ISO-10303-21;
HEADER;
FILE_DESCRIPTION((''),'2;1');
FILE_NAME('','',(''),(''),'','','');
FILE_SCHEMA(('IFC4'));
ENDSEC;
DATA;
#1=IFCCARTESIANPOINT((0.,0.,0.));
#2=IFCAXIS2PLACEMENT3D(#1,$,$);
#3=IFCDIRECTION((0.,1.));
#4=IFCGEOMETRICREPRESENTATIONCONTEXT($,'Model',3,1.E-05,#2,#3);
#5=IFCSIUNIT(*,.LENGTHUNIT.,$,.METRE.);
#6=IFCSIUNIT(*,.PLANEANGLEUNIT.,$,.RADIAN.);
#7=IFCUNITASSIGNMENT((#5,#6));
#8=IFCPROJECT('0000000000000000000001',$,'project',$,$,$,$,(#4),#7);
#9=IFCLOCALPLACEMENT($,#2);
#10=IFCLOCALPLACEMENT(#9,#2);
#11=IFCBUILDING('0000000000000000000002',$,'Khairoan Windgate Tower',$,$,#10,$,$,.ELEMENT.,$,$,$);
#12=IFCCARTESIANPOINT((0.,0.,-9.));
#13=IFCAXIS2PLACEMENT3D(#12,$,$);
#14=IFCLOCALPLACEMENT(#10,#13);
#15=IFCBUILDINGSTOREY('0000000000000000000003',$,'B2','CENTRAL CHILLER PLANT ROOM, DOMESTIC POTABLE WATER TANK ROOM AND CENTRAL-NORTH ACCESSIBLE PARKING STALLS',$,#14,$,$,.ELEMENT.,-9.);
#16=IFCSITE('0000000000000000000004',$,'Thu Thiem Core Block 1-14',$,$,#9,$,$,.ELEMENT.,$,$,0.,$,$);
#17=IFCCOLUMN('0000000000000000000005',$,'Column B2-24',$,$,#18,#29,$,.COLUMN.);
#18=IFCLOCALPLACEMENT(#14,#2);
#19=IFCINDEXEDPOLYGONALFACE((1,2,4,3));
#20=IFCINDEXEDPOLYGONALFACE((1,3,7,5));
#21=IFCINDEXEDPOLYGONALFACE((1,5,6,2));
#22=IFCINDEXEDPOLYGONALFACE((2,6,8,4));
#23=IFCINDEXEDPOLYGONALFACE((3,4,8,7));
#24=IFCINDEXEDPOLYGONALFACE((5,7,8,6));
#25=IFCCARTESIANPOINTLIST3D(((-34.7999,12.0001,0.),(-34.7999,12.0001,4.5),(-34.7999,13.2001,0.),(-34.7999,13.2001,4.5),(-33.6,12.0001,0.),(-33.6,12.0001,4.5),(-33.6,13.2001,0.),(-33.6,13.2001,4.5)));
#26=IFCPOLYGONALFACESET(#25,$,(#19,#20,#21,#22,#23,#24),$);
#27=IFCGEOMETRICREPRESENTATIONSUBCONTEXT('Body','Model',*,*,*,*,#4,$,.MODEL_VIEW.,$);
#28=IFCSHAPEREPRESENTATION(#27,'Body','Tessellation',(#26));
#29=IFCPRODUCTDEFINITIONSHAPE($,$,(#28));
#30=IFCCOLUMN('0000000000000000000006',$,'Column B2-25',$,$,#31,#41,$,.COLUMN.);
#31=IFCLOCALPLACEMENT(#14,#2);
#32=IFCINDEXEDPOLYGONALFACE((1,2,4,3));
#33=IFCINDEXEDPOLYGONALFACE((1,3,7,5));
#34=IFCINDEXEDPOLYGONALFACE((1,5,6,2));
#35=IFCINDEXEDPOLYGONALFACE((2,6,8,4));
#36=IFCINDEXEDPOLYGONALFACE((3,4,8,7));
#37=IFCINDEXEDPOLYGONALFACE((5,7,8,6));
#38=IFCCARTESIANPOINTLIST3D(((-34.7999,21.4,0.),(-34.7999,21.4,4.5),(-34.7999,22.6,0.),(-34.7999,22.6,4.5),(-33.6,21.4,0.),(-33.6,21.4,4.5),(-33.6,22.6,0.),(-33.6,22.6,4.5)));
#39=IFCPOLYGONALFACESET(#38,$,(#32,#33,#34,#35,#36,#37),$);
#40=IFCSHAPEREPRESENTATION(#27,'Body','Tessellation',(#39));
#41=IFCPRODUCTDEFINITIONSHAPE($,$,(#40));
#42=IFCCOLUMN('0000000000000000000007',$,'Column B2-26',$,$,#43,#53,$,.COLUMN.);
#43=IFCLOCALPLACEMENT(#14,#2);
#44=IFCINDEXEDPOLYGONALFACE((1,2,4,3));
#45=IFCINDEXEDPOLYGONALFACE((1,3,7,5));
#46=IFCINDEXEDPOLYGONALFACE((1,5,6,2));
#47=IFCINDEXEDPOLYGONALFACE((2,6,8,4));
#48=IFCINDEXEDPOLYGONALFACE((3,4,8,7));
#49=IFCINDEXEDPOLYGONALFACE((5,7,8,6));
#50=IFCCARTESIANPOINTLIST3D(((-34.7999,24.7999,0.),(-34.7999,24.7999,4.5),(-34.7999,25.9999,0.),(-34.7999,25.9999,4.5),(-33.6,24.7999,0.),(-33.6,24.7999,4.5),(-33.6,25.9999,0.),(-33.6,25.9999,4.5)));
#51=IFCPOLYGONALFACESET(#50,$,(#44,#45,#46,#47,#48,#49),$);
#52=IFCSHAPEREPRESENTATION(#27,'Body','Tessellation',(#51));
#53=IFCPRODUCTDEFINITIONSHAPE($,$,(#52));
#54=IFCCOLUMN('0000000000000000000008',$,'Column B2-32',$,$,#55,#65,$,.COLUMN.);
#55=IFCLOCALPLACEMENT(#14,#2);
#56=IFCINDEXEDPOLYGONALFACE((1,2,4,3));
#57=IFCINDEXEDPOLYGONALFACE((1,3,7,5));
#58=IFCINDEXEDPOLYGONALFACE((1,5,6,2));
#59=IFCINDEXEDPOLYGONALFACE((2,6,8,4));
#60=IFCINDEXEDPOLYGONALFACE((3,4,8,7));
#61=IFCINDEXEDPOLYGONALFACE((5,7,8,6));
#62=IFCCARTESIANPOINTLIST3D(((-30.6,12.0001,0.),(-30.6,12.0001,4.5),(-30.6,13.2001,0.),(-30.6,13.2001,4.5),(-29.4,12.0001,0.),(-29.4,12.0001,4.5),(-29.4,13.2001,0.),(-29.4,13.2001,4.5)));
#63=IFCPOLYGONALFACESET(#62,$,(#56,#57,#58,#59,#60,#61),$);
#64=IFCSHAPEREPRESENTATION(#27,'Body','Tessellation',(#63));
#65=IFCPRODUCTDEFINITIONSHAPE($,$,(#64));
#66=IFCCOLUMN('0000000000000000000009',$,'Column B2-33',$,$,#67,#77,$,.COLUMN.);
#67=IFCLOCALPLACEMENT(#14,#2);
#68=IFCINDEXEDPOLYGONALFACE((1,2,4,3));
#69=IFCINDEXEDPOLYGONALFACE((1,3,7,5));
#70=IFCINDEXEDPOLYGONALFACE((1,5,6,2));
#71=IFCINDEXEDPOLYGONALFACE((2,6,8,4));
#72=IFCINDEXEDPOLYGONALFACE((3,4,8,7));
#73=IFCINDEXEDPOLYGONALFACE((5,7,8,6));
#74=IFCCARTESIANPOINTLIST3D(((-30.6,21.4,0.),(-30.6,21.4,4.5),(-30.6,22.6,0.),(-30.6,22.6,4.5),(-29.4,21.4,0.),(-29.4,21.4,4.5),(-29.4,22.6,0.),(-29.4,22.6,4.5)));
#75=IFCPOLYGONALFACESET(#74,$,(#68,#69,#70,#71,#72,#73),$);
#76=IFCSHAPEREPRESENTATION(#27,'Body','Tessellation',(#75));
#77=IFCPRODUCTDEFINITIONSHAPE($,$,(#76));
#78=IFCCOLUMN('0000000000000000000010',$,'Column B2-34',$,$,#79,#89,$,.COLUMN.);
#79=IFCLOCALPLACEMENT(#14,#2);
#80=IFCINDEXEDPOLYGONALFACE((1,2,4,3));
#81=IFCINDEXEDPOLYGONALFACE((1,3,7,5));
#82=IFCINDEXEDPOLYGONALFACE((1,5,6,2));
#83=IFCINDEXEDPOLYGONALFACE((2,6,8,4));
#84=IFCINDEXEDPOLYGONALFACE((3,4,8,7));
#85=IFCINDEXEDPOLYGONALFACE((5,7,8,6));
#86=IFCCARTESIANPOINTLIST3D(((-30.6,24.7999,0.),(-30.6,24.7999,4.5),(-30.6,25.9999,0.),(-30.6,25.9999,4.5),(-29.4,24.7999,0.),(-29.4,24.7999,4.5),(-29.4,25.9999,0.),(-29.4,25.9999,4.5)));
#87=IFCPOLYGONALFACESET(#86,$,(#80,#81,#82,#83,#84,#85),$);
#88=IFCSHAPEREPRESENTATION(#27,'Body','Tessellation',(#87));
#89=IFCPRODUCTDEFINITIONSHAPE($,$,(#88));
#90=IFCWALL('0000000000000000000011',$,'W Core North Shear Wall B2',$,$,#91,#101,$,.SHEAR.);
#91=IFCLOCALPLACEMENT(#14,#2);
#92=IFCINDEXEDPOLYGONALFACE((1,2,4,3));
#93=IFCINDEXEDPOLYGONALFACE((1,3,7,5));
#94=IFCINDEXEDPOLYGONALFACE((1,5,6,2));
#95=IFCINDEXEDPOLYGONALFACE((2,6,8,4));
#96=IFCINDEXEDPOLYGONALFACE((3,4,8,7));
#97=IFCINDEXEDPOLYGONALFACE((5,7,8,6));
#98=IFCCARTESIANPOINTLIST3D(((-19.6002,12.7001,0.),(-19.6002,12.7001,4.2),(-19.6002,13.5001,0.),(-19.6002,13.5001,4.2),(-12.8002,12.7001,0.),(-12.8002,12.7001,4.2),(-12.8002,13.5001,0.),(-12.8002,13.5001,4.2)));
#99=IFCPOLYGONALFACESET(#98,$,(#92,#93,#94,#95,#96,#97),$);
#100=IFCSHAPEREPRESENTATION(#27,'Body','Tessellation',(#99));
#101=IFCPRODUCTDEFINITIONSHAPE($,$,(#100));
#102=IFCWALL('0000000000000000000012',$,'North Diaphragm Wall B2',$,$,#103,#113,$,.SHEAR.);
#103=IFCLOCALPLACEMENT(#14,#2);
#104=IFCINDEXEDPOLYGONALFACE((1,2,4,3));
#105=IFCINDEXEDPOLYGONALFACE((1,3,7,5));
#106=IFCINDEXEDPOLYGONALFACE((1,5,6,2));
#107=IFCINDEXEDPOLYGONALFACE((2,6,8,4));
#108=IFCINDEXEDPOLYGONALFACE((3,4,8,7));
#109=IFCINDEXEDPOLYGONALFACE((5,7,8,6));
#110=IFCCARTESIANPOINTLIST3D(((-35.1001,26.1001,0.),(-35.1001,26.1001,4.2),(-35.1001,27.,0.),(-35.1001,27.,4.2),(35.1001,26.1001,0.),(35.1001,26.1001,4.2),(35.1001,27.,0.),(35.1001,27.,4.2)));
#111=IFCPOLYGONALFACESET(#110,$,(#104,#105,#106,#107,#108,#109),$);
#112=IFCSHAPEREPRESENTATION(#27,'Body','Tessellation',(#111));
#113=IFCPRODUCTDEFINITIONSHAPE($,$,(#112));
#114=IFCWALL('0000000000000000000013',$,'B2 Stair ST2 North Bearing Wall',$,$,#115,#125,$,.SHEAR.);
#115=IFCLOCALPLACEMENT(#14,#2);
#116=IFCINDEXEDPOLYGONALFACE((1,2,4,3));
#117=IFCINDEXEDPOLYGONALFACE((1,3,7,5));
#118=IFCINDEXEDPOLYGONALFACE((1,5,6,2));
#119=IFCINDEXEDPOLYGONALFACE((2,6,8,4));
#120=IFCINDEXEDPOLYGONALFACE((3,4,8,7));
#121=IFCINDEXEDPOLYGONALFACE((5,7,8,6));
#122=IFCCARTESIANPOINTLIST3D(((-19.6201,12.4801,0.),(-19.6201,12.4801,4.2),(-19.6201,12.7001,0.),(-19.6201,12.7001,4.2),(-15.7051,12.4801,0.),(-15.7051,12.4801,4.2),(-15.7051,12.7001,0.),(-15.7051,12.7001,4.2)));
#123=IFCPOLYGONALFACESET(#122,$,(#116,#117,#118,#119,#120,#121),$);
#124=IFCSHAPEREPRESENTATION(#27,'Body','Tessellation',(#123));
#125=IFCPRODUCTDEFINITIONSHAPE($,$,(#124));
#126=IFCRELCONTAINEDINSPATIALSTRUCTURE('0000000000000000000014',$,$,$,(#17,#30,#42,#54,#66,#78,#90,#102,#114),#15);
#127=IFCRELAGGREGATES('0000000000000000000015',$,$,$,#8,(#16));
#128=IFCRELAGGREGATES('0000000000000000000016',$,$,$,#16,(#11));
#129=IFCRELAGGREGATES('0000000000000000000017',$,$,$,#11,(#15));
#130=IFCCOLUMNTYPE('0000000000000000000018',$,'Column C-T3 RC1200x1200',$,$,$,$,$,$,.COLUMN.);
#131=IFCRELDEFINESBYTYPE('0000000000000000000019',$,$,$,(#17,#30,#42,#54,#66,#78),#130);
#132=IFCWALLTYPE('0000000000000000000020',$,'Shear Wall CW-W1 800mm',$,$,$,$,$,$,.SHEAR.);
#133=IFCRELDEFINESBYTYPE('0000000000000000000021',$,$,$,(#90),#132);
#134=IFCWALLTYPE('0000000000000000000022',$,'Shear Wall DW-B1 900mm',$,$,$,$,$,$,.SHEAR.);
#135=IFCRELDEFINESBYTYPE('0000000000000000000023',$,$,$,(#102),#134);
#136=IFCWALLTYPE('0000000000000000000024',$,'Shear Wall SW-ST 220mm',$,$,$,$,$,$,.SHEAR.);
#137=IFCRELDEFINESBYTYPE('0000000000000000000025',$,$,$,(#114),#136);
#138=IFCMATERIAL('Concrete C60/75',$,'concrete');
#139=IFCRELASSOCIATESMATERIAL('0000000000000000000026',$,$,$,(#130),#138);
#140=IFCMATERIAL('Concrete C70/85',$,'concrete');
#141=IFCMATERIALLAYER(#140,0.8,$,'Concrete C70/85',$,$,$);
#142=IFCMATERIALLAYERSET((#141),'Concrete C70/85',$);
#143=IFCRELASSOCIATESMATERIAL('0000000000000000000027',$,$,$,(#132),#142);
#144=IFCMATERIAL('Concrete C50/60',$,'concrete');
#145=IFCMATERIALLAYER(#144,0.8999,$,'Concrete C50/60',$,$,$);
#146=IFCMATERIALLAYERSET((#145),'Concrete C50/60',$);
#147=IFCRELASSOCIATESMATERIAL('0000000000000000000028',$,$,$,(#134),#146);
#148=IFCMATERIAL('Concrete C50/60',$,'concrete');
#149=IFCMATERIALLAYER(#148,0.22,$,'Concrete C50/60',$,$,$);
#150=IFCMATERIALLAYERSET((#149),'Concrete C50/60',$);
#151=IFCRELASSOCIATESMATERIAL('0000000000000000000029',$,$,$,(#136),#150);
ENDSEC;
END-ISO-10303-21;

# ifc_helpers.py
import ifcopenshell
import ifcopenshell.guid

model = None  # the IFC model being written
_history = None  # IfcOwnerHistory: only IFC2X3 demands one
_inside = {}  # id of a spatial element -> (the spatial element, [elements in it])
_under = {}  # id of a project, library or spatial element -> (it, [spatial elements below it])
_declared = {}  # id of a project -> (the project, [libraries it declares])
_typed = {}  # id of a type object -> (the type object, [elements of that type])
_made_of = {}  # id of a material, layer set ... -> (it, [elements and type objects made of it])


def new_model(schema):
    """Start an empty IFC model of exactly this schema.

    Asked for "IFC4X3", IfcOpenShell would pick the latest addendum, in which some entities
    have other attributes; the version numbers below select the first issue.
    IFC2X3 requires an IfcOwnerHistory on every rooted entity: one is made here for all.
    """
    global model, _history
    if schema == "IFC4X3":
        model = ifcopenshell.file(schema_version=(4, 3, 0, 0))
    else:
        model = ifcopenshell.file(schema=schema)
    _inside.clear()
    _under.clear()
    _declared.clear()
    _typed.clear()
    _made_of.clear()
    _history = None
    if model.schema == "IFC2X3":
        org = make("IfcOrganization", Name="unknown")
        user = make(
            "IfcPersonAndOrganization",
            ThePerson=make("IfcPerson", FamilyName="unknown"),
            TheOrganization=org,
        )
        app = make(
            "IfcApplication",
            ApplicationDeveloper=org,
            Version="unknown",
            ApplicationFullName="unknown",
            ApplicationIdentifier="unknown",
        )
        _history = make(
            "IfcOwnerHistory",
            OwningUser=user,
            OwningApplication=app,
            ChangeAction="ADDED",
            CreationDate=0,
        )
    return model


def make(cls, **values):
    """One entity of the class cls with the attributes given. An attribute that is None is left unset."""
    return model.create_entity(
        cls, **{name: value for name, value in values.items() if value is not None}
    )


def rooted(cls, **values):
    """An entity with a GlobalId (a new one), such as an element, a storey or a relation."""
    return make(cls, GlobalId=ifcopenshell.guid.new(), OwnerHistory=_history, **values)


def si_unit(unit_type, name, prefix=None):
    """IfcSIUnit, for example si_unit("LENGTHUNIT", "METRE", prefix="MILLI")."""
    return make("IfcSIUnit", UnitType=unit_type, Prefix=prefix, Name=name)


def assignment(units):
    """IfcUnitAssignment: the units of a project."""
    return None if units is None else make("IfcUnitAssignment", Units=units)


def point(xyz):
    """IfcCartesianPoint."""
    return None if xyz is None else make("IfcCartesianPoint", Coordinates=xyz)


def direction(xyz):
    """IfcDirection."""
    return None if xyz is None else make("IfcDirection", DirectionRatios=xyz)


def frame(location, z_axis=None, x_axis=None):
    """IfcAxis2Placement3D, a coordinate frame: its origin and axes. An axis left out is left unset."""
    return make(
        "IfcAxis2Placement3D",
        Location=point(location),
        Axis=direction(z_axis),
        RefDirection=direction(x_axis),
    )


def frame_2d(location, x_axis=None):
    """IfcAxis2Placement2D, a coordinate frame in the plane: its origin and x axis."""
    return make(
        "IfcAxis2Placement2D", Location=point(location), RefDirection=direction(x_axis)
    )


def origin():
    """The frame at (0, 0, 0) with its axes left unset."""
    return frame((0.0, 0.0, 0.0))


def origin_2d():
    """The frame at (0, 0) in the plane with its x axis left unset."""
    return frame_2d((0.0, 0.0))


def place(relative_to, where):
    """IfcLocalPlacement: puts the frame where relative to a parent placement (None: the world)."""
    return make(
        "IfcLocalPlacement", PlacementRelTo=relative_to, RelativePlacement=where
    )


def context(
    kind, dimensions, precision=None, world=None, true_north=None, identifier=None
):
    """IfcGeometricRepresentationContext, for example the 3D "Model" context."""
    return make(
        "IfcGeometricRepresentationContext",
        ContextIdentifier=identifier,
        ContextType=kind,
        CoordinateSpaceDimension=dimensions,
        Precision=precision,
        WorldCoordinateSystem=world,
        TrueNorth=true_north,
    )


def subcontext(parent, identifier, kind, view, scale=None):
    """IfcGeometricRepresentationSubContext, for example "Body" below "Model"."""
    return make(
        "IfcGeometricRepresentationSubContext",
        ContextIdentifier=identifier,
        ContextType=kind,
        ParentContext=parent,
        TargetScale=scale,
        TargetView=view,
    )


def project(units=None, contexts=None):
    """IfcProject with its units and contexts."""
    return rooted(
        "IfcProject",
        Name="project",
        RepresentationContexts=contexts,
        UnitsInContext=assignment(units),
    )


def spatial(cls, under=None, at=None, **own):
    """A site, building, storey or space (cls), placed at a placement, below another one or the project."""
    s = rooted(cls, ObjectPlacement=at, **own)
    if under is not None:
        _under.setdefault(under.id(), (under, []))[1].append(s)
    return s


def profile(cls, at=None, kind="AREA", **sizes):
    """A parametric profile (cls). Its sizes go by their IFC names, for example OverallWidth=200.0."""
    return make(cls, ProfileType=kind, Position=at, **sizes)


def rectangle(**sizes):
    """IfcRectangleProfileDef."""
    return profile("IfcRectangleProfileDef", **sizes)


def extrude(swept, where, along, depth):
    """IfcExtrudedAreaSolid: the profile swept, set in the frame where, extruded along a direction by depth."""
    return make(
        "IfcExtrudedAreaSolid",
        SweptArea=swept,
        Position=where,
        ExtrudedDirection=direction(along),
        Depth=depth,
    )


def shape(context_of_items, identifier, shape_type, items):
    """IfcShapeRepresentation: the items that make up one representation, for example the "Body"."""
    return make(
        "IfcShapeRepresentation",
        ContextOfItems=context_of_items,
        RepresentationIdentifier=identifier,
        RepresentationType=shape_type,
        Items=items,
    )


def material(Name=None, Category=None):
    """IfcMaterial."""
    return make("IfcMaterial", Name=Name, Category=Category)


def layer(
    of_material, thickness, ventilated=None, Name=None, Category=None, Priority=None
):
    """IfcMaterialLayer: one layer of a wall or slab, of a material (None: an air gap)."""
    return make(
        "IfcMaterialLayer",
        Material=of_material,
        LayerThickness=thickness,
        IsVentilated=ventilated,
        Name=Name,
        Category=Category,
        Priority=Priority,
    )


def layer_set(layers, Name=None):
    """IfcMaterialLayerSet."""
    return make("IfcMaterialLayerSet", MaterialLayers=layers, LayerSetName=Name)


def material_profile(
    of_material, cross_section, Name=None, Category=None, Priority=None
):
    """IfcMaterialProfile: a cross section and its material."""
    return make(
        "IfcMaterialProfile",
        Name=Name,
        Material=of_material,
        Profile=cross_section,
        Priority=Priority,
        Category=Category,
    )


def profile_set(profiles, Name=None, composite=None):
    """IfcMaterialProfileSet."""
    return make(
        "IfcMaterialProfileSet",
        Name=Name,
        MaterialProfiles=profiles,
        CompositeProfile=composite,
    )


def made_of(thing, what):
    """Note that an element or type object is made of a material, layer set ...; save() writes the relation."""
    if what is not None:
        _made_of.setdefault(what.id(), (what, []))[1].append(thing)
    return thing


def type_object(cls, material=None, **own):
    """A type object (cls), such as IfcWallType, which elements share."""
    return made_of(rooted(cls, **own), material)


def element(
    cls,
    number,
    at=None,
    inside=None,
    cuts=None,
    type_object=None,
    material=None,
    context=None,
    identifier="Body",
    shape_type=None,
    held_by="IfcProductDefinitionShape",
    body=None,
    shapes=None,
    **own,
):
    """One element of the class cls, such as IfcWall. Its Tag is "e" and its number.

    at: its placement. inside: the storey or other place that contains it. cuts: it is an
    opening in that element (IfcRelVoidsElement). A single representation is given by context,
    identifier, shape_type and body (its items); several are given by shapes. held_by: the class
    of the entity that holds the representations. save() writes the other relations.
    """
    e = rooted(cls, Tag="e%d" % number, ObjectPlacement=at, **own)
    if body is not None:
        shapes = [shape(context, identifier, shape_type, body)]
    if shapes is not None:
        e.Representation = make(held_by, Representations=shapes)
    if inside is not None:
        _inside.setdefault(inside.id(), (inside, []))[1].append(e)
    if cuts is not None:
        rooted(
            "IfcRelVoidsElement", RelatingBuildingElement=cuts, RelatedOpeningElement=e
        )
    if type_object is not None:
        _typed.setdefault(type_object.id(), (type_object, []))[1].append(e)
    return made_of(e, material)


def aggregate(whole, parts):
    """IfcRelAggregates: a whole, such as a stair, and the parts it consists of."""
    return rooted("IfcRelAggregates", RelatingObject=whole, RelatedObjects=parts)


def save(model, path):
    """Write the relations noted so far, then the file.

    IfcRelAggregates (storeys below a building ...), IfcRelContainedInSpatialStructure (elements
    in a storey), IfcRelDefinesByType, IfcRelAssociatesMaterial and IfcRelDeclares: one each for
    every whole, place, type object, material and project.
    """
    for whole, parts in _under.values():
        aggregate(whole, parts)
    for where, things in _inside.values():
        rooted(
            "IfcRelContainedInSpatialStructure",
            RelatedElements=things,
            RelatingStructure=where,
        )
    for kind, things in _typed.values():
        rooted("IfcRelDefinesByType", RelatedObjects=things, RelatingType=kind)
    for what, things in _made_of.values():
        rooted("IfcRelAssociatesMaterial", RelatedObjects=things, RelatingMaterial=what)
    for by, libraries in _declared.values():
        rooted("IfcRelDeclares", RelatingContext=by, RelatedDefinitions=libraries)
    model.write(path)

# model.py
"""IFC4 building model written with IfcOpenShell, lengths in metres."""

from ifc_helpers import new_model, si_unit, direction, frame, frame_2d, origin, origin_2d, place, context, subcontext, project, spatial, rectangle, extrude, material, layer, layer_set, material_profile, profile_set, type_object, element, save


model = new_model("IFC4")

# Units and contexts
model_context = context("Model", 3, precision=1e-05, world=origin(), true_north=direction((0.0, 1.0)))
body_context = subcontext(model_context, "Body", "Model", "MODEL_VIEW")
ifc_project = project(units=[si_unit("LENGTHUNIT", "METRE"), si_unit("PLANEANGLEUNIT", "RADIAN")], contexts=[model_context])

# Site, building, storey
site_placement = place(None, origin())
site = spatial("IfcSite", under=ifc_project, at=site_placement, Name="Thu Thiem Core Block 1-14", CompositionType="ELEMENT", RefElevation=0.0)
building_placement = place(site_placement, origin())
building = spatial("IfcBuilding", under=site, at=building_placement, Name="Khairoan Windgate Tower", CompositionType="ELEMENT")
storey_placement = place(building_placement, frame((0.0, 0.0, -9.0)))
storey = spatial("IfcBuildingStorey", under=building, at=storey_placement, Name="B2", Description="CENTRAL CHILLER PLANT ROOM, DOMESTIC POTABLE WATER TANK ROOM AND CENTRAL-NORTH ACCESSIBLE PARKING STALLS", CompositionType="ELEMENT", Elevation=-9.0)

# Columns
ifc_material_1 = material(Name="Concrete C60/75", Category="concrete")
ifc_material_profile_1 = material_profile(ifc_material_1, rectangle(XDim=1.2, YDim=1.2, at=origin_2d()))
ifc_profile_set_1 = profile_set([ifc_material_profile_1], Name="Concrete C60/75")
column_type_1 = type_object("IfcColumnType", Name="Column C-T3 RC1200x1200", PredefinedType="COLUMN", material=ifc_profile_set_1)
for number, where, z_axis, x_axis, name in (
    (1, (-34.2, 12.6001, 0.0), (0.0, 0.0, 1.0), (1.0, 0.0, 0.0), "Column B2-24"),
    (2, (-34.2, 22.0, 0.0), (0.0, 0.0, 1.0), (1.0, 0.0, 0.0), "Column B2-25"),
    (3, (-34.2, 25.3999, 0.0), (0.0, 0.0, 1.0), (1.0, 0.0, 0.0), "Column B2-26"),
    (4, (-30.0, 12.6001, 0.0), (0.0, 0.0, 1.0), (1.0, 0.0, 0.0), "Column B2-32"),
    (5, (-30.0, 22.0, 0.0), (0.0, 0.0, 1.0), (1.0, 0.0, 0.0), "Column B2-33"),
    (6, (-30.0, 25.3999, 0.0), (0.0, 0.0, 1.0), (1.0, 0.0, 0.0), "Column B2-34"),
):
    element("IfcColumn", number, at=place(storey_placement, frame(where, z_axis=z_axis, x_axis=x_axis)), inside=storey, type_object=column_type_1, Name=name, PredefinedType="COLUMN", context=body_context, shape_type="SweptSolid", body=[
        extrude(rectangle(XDim=1.2, YDim=1.2, at=origin_2d()), origin(), (0.0, 0.0, 1.0), 4.5),
    ])

# Walls
ifc_material_2 = material(Name="Concrete C70/85", Category="concrete")
ifc_layer_1 = layer(ifc_material_2, 0.8, Name="Concrete C70/85")
ifc_layer_set_1 = layer_set([ifc_layer_1], Name="Concrete C70/85")
wall_type_1 = type_object("IfcWallType", Name="Shear Wall CW-W1 800mm", PredefinedType="SHEAR", material=ifc_layer_set_1)
wall_1_placement = place(storey_placement, frame((-19.6001, 13.1001, 0.0), z_axis=(0.0, 0.0, 1.0), x_axis=(1.0, 0.0, 0.0)))
element("IfcWall", 7, at=wall_1_placement, inside=storey, type_object=wall_type_1, Name="W Core North Shear Wall B2", PredefinedType="SHEAR", context=body_context, shape_type="SweptSolid", body=[
    extrude(rectangle(XDim=6.8, YDim=0.8, at=frame_2d((3.3999, 0.0))), origin(), (0.0, 0.0, 1.0), 4.2),
])
ifc_material_3 = material(Name="Concrete C50/60", Category="concrete")
ifc_layer_2 = layer(ifc_material_3, 0.8999, Name="Concrete C50/60")
ifc_layer_set_2 = layer_set([ifc_layer_2], Name="Concrete C50/60")
wall_type_2 = type_object("IfcWallType", Name="Shear Wall DW-B1 900mm", PredefinedType="SHEAR", material=ifc_layer_set_2)
wall_2_placement = place(storey_placement, frame((-35.1001, 26.55, 0.0), z_axis=(0.0, 0.0, 1.0), x_axis=(1.0, 0.0, 0.0)))
element("IfcWall", 8, at=wall_2_placement, inside=storey, type_object=wall_type_2, Name="North Diaphragm Wall B2", PredefinedType="SHEAR", context=body_context, shape_type="SweptSolid", body=[
    extrude(rectangle(XDim=70.2002, YDim=0.8999, at=frame_2d((35.1001, 0.0))), origin(), (0.0, 0.0, 1.0), 4.2),
])
ifc_material_4 = material(Name="Concrete C50/60", Category="concrete")
ifc_layer_3 = layer(ifc_material_4, 0.22, Name="Concrete C50/60")
ifc_layer_set_3 = layer_set([ifc_layer_3], Name="Concrete C50/60")
wall_type_3 = type_object("IfcWallType", Name="Shear Wall SW-ST 220mm", PredefinedType="SHEAR", material=ifc_layer_set_3)
wall_3_placement = place(storey_placement, frame((-19.6201, 12.5901, 0.0), z_axis=(0.0, 0.0, 1.0), x_axis=(1.0, 0.0, 0.0)))
element("IfcWall", 9, at=wall_3_placement, inside=storey, type_object=wall_type_3, Name="B2 Stair ST2 North Bearing Wall", PredefinedType="SHEAR", context=body_context, shape_type="SweptSolid", body=[
    extrude(rectangle(XDim=3.915, YDim=0.22, at=frame_2d((1.9575, 0.0))), origin(), (0.0, 0.0, 1.0), 4.2),
])

save(model, "model.ifc")
